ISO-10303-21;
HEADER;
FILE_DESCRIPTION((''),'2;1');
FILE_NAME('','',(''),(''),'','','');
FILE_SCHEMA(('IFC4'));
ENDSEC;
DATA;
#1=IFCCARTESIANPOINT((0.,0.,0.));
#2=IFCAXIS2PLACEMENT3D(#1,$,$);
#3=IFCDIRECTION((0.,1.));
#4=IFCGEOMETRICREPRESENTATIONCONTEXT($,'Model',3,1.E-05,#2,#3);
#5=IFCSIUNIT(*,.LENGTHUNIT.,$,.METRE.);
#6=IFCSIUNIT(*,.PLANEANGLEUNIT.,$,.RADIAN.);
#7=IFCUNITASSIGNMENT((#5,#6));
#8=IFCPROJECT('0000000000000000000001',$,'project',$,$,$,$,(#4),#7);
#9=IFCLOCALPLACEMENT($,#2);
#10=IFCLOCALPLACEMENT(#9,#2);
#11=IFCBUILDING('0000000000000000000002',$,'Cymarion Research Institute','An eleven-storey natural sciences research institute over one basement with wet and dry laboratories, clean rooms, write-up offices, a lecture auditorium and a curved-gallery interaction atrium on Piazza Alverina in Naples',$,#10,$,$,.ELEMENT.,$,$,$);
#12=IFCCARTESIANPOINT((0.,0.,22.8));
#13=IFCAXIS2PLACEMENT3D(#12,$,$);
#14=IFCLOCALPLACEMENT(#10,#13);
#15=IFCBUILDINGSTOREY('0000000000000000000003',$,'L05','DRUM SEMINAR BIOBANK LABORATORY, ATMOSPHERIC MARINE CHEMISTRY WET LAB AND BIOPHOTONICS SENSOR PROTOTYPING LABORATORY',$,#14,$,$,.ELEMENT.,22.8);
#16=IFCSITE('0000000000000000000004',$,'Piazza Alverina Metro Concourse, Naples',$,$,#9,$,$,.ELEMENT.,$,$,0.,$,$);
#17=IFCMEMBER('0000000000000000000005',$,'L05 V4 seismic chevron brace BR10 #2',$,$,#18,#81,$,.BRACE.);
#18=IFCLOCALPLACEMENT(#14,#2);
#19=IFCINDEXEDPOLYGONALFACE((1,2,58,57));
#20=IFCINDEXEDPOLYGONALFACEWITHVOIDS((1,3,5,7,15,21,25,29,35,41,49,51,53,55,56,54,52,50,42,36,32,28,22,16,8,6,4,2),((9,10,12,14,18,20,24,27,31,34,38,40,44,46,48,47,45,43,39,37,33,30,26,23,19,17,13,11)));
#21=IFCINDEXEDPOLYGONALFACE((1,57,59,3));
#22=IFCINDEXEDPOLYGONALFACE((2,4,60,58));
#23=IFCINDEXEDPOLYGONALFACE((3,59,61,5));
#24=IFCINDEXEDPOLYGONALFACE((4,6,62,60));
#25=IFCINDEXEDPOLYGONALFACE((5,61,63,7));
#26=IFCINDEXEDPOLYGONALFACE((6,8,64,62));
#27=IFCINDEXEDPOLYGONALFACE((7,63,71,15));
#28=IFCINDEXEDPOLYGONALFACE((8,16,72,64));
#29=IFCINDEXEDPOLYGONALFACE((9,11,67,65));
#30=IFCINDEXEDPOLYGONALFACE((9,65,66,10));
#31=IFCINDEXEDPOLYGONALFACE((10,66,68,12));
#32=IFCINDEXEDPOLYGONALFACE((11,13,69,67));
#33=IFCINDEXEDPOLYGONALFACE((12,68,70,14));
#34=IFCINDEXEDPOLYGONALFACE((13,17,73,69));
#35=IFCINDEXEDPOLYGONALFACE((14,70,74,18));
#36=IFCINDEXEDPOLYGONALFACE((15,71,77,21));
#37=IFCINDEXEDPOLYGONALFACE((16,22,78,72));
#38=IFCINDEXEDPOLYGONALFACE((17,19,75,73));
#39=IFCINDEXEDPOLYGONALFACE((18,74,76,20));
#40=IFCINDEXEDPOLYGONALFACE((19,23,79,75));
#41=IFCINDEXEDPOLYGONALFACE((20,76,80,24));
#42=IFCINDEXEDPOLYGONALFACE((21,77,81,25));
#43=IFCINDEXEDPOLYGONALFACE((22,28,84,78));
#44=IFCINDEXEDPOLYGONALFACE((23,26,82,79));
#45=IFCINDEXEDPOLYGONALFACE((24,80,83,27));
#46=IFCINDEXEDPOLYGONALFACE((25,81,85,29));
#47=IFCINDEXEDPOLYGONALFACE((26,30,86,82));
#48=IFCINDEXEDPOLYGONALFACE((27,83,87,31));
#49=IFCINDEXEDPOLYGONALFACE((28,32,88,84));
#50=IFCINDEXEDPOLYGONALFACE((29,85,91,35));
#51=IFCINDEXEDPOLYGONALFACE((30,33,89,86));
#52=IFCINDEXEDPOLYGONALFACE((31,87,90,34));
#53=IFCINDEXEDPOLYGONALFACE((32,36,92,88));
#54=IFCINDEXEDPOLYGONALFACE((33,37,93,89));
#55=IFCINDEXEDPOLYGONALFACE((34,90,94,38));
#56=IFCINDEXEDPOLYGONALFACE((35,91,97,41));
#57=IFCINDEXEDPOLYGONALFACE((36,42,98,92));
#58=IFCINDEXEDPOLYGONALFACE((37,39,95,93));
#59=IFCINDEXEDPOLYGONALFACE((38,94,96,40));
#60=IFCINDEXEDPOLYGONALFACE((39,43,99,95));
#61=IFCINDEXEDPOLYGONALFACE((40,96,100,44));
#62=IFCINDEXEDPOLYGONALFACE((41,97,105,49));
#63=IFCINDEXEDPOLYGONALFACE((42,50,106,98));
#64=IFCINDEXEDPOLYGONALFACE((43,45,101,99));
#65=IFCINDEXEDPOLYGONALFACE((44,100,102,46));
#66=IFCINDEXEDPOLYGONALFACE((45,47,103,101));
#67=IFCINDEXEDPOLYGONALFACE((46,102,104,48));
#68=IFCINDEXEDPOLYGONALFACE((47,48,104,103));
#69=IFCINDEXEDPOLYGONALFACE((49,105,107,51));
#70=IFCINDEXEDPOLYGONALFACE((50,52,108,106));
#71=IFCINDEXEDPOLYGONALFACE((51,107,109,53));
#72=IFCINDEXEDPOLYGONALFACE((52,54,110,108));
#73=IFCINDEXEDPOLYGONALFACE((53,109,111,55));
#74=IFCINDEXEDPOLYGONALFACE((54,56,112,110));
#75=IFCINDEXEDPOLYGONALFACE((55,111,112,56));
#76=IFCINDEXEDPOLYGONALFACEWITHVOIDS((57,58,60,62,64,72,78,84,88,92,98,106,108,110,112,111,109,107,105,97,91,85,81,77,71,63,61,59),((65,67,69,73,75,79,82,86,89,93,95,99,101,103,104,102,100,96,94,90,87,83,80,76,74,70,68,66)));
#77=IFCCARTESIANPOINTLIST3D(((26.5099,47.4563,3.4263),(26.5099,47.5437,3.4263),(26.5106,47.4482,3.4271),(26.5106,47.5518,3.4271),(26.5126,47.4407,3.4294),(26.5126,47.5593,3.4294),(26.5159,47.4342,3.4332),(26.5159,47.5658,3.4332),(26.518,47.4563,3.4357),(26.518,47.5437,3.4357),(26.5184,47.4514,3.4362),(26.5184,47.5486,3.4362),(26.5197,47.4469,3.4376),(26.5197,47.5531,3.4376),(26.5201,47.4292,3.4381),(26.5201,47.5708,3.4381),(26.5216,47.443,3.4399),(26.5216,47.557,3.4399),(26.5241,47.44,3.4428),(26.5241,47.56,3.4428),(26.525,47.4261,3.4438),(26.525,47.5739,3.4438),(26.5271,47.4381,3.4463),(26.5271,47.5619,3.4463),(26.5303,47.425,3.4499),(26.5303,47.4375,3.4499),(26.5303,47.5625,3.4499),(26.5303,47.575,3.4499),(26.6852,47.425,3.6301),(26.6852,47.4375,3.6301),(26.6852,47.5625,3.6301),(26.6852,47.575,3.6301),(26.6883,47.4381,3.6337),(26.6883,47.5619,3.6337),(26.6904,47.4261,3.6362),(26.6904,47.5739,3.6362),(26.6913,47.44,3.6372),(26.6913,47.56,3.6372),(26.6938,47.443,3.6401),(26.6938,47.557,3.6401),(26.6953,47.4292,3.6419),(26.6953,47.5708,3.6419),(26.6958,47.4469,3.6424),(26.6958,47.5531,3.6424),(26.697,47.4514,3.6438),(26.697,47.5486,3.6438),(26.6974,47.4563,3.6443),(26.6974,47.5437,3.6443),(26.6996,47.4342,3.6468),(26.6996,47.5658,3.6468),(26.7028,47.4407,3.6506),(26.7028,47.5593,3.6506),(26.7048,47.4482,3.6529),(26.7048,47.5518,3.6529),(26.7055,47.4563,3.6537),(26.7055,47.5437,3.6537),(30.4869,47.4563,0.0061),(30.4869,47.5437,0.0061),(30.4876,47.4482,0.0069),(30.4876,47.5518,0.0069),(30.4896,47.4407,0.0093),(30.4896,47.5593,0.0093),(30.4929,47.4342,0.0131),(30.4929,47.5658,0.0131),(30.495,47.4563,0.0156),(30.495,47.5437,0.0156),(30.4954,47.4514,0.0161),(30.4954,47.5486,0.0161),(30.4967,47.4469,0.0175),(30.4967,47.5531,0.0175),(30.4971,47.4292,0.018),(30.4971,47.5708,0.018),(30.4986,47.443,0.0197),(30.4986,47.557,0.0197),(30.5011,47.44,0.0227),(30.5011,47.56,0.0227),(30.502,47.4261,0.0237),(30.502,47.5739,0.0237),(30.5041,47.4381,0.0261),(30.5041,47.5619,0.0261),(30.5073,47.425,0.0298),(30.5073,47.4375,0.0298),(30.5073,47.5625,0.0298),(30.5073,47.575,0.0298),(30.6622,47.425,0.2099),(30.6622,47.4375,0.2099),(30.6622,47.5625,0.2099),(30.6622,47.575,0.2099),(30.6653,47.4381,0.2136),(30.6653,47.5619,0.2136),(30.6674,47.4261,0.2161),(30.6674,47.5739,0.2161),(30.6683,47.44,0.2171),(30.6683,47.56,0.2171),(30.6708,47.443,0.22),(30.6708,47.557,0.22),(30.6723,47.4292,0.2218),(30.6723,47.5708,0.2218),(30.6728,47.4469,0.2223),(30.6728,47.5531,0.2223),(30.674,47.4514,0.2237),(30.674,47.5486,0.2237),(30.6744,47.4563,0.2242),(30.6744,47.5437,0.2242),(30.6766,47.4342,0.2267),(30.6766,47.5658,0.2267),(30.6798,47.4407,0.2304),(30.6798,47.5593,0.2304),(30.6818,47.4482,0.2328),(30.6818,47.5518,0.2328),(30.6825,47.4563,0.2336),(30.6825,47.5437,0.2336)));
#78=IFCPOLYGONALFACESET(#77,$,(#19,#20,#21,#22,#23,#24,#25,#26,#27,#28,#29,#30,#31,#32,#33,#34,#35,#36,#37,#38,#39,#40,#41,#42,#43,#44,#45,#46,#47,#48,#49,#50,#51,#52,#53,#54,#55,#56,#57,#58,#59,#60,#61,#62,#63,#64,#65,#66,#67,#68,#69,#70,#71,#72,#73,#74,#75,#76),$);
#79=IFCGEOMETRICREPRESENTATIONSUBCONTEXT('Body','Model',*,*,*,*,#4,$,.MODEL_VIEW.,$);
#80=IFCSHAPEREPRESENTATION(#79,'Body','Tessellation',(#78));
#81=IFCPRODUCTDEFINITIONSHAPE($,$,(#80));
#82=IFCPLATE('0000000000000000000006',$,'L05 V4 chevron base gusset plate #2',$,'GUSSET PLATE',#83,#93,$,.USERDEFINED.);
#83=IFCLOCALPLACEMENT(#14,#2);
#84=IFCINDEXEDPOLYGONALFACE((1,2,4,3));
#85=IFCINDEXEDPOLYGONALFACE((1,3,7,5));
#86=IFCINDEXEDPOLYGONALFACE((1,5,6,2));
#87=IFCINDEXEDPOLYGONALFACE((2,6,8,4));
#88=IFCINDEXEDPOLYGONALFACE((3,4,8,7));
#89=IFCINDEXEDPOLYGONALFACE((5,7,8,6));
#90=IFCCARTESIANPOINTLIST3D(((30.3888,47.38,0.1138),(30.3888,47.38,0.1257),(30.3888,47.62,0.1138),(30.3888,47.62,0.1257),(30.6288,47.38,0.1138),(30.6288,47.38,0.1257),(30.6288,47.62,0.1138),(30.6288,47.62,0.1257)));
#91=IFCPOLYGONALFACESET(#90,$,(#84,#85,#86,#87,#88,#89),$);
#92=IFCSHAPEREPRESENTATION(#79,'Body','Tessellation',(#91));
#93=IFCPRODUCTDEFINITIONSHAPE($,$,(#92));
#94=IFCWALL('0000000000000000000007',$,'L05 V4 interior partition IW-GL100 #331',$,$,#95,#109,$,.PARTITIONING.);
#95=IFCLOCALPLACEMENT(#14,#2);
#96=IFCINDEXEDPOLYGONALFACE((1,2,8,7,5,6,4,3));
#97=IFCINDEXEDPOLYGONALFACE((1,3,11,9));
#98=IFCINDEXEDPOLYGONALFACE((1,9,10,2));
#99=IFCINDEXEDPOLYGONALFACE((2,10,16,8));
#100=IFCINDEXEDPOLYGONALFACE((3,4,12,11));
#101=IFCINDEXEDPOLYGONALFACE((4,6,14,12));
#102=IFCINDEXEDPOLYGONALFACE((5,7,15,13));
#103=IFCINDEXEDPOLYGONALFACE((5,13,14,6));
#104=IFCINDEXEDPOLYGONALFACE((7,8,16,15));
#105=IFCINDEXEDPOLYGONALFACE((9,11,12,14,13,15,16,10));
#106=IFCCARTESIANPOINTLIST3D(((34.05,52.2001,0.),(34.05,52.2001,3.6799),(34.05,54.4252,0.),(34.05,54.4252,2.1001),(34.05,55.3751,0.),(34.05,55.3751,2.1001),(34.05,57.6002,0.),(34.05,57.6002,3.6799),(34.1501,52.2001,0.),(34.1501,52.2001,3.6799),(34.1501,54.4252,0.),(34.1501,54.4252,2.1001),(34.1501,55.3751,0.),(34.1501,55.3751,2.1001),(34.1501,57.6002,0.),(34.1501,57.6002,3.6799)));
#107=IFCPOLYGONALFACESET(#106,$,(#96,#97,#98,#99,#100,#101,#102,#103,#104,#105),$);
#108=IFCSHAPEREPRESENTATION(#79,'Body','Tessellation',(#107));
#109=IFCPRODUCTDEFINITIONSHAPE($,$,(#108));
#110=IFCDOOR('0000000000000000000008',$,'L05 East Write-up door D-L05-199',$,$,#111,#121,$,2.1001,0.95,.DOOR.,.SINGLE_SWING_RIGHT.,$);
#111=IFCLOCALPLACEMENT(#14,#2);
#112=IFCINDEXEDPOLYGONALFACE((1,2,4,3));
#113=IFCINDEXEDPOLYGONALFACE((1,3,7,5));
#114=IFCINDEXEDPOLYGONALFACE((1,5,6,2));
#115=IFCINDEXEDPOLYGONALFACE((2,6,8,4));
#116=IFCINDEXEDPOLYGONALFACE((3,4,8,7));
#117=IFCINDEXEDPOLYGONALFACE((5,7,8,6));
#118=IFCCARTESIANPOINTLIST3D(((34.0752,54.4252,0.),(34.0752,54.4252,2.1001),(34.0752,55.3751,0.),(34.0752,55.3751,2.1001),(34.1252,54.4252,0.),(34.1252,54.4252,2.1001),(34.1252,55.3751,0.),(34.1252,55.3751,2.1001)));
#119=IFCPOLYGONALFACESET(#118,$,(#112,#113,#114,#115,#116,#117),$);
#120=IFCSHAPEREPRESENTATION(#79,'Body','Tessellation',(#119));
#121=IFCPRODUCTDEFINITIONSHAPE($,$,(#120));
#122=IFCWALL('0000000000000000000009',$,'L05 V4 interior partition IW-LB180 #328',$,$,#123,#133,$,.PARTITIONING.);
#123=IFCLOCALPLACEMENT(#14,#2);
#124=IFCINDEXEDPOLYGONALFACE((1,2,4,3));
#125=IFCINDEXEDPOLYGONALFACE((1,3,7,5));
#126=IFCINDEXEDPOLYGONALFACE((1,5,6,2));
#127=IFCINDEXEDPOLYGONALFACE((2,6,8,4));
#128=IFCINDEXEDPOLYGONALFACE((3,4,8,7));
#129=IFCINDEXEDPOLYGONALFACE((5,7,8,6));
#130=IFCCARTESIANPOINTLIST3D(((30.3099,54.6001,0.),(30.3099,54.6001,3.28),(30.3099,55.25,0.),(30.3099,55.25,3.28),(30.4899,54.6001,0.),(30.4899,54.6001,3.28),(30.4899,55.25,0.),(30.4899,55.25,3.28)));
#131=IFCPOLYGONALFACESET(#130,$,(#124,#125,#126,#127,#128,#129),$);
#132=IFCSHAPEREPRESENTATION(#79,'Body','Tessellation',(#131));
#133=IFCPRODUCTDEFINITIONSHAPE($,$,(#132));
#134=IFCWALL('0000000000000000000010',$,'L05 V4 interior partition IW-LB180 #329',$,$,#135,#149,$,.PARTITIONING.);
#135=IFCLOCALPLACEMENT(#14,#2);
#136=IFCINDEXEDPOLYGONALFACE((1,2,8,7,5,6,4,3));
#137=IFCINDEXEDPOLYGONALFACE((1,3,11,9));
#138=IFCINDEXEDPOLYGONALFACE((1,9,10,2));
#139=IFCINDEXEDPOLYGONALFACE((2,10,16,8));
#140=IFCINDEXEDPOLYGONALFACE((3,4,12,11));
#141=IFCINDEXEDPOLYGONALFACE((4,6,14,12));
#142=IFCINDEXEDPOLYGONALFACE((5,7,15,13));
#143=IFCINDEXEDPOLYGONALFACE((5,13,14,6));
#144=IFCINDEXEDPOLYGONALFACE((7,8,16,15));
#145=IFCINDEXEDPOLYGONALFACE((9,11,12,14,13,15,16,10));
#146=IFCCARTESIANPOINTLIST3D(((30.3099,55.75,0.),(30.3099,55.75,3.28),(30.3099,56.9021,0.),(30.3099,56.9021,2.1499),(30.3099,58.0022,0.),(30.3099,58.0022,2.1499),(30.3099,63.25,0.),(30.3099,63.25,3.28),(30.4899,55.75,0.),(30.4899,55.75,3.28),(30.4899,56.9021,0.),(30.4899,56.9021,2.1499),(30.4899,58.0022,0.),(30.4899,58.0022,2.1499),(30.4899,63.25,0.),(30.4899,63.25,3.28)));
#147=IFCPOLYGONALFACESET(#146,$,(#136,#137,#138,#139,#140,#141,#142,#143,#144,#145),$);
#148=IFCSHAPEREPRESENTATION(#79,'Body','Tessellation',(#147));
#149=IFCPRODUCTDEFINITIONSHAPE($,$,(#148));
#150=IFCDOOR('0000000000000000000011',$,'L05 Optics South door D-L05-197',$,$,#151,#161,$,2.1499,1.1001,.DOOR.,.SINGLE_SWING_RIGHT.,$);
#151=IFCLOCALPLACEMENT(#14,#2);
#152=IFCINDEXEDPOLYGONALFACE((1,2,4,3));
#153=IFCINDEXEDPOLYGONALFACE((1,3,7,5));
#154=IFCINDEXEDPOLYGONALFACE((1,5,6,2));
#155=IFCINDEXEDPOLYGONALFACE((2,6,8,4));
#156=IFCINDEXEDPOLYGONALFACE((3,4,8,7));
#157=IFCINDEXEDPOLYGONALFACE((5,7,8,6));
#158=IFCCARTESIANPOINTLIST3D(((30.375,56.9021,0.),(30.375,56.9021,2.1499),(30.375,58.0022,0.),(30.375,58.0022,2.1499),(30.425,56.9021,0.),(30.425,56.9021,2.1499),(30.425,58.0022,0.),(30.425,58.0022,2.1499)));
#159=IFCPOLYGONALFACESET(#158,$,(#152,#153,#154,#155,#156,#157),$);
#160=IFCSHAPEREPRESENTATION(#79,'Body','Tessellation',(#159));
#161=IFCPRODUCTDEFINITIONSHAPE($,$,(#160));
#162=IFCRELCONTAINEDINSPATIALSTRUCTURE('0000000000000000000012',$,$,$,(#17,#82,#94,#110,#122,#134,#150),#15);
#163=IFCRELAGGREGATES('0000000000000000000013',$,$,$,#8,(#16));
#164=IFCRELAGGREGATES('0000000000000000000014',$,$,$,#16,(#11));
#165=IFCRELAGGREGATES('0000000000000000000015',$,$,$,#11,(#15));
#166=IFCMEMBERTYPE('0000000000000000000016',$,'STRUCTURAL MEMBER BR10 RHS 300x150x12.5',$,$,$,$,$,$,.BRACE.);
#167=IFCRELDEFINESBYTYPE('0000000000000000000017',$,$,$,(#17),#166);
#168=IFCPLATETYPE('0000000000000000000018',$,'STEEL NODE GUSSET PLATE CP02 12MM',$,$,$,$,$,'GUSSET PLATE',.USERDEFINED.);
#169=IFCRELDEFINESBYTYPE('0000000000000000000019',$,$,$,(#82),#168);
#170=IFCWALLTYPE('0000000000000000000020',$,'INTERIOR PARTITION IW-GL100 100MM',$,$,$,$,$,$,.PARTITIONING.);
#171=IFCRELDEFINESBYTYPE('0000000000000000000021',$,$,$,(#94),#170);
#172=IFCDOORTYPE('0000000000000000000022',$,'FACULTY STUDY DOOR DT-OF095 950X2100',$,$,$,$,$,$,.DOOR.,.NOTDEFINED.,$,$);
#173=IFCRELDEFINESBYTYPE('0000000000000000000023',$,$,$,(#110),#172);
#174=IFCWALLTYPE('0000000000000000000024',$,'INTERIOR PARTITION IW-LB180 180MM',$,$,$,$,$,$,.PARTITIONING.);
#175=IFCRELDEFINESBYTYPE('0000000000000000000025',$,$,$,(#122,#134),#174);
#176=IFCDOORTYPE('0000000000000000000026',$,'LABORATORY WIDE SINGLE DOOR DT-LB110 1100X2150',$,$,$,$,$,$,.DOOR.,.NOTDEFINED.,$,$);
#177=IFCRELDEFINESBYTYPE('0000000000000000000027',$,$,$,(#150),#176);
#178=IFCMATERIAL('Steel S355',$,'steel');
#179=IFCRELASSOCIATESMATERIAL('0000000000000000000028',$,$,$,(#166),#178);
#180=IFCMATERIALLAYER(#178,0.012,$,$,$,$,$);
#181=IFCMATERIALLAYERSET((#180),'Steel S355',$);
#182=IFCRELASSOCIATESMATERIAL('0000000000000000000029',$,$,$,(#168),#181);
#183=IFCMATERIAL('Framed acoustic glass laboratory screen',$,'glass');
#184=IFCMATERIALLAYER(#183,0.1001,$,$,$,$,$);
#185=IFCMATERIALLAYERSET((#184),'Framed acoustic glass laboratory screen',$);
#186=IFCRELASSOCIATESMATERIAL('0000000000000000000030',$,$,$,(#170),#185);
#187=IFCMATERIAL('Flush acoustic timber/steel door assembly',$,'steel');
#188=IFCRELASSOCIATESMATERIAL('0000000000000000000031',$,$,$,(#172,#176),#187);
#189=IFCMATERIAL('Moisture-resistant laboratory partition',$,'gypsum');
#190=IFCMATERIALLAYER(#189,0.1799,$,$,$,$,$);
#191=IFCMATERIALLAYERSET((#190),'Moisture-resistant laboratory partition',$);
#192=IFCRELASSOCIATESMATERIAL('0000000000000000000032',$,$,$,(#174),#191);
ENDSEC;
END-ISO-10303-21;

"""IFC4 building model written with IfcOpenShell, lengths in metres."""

from ifc_helpers import new_model, si_unit, direction, frame, frame_2d, origin, origin_2d, place, context, subcontext, project, spatial, rectangle, hollow_rectangle, extrude, material, layer, layer_set, material_profile, profile_set, type_object, element, fill, save


model = new_model("IFC4")

# Units and contexts
model_context = context("Model", 3, precision=1e-05, world=origin(), true_north=direction((0.0, 1.0)))
body_context = subcontext(model_context, "Body", "Model", "MODEL_VIEW")
ifc_project = project(units=[si_unit("LENGTHUNIT", "METRE"), si_unit("PLANEANGLEUNIT", "RADIAN")], contexts=[model_context])

# Site, building, storey
site_placement = place(None, origin())
site = spatial("IfcSite", under=ifc_project, at=site_placement, Name="Piazza Alverina Metro Concourse, Naples", CompositionType="ELEMENT", RefElevation=0.0)
building_placement = place(site_placement, origin())
building = spatial("IfcBuilding", under=site, at=building_placement, Name="Cymarion Research Institute", Description="An eleven-storey natural sciences research institute over one basement with wet and dry laboratories, clean rooms, write-up offices, a lecture auditorium and a curved-gallery interaction atrium on Piazza Alverina in Naples", CompositionType="ELEMENT")
storey_placement = place(building_placement, frame((0.0, 0.0, 22.8)))
storey = spatial("IfcBuildingStorey", under=building, at=storey_placement, Name="L05", Description="DRUM SEMINAR BIOBANK LABORATORY, ATMOSPHERIC MARINE CHEMISTRY WET LAB AND BIOPHOTONICS SENSOR PROTOTYPING LABORATORY", CompositionType="ELEMENT", Elevation=22.8)

# Shared definitions
ifc_material_1 = material(Name="Steel S355", Category="steel")

# Member
ifc_material_profile_1 = material_profile(ifc_material_1, hollow_rectangle(XDim=0.1499, YDim=0.3, WallThickness=0.0125, InnerFilletRadius=0.0188, OuterFilletRadius=0.0312, at=origin_2d()), Name="RHS 300x150x12.5")
ifc_profile_set_1 = profile_set([ifc_material_profile_1], Name="Steel S355")
member_type = type_object("IfcMemberType", Name="STRUCTURAL MEMBER BR10 RHS 300x150x12.5", PredefinedType="BRACE", material=ifc_profile_set_1)
member_placement = place(storey_placement, frame((30.5847, 47.5, 0.1199), z_axis=(-0.758194, 0.0, 0.652029), x_axis=(0.0, -1.0, 0.0)))
element("IfcMember", 1, at=member_placement, inside=storey, type_object=member_type, Name="L05 V4 seismic chevron brace BR10 #2", PredefinedType="BRACE", context=body_context, shape_type="SweptSolid", body=[
    extrude(hollow_rectangle(XDim=0.1499, YDim=0.3, WallThickness=0.0125, InnerFilletRadius=0.0188, OuterFilletRadius=0.0312, at=origin_2d()), origin(), (0.0, 0.0, 1.0), 5.2454),
])

# Plate
ifc_layer_1 = layer(ifc_material_1, 0.012)
ifc_layer_set_1 = layer_set([ifc_layer_1], Name="Steel S355")
plate_type = type_object("IfcPlateType", Name="STEEL NODE GUSSET PLATE CP02 12MM", ElementType="GUSSET PLATE", PredefinedType="USERDEFINED", material=ifc_layer_set_1)
plate_placement = place(storey_placement, frame((30.5088, 47.5, 0.1138), z_axis=(0.0, 0.0, 1.0), x_axis=(1.0, 0.0, 0.0)))
element("IfcPlate", 2, at=plate_placement, inside=storey, type_object=plate_type, Name="L05 V4 chevron base gusset plate #2", ObjectType="GUSSET PLATE", PredefinedType="USERDEFINED", context=body_context, shape_type="SweptSolid", body=[
    extrude(rectangle(XDim=0.24, YDim=0.24, at=origin_2d()), origin(), (0.0, 0.0, 1.0), 0.012),
])

# Wall, opening, door
ifc_material_2 = material(Name="Framed acoustic glass laboratory screen", Category="glass")
ifc_layer_2 = layer(ifc_material_2, 0.1001)
ifc_layer_set_2 = layer_set([ifc_layer_2], Name="Framed acoustic glass laboratory screen")
wall_type_1 = type_object("IfcWallType", Name="INTERIOR PARTITION IW-GL100 100MM", PredefinedType="PARTITIONING", material=ifc_layer_set_2)
wall_1_placement = place(storey_placement, frame((34.1001, 52.2, 0.0), z_axis=(0.0, 0.0, 1.0), x_axis=(0.0, 1.0, 0.0)))
wall_1 = element("IfcWall", 3, at=wall_1_placement, inside=storey, type_object=wall_type_1, Name="L05 V4 interior partition IW-GL100 #331", PredefinedType="PARTITIONING", context=body_context, shape_type="SweptSolid", body=[
    extrude(rectangle(XDim=5.4001, YDim=0.1001, at=frame_2d((2.7002, 0.0))), origin(), (0.0, 0.0, 1.0), 3.6799),
])
opening_1_placement = place(wall_1_placement, frame((2.2251, 0.0, 0.0)))
opening_1 = element("IfcOpeningElement", 4, at=opening_1_placement, cuts=wall_1, PredefinedType="OPENING", context=body_context, shape_type="SweptSolid", body=[
    extrude(rectangle(XDim=0.95, YDim=2.1001, at=frame_2d((0.4751, 1.05))), frame((0.0, 0.0601, 0.0), z_axis=(0.0, -1.0, 0.0), x_axis=(1.0, 0.0, 0.0)), (0.0, 0.0, 1.0), 0.1201),
])
ifc_material_3 = material(Name="Flush acoustic timber/steel door assembly", Category="steel")
door_type_1 = type_object("IfcDoorType", Name="FACULTY STUDY DOOR DT-OF095 950X2100", OperationType="NOTDEFINED", PredefinedType="DOOR", material=ifc_material_3)
door_1_placement = place(opening_1_placement, origin())
door_1 = element("IfcDoor", 5, at=door_1_placement, inside=storey, type_object=door_type_1, Name="L05 East Write-up door D-L05-199", OperationType="SINGLE_SWING_RIGHT", OverallHeight=2.1001, OverallWidth=0.95, PredefinedType="DOOR", context=body_context, shape_type="SweptSolid", body=[
    extrude(rectangle(XDim=0.95, YDim=2.1001, at=frame_2d((0.4751, 1.05))), frame((0.0, 0.0249, 0.0), z_axis=(0.0, -1.0, 0.0), x_axis=(1.0, 0.0, 0.0)), (0.0, 0.0, 1.0), 0.05),
])
fill(opening_1, door_1)

# Wall
ifc_material_4 = material(Name="Moisture-resistant laboratory partition", Category="gypsum")
ifc_layer_3 = layer(ifc_material_4, 0.1799)
ifc_layer_set_3 = layer_set([ifc_layer_3], Name="Moisture-resistant laboratory partition")
wall_type_2 = type_object("IfcWallType", Name="INTERIOR PARTITION IW-LB180 180MM", PredefinedType="PARTITIONING", material=ifc_layer_set_3)
wall_2_placement = place(storey_placement, frame((30.3999, 54.6001, 0.0), z_axis=(0.0, 0.0, 1.0), x_axis=(0.0, 1.0, 0.0)))
element("IfcWall", 6, at=wall_2_placement, inside=storey, type_object=wall_type_2, Name="L05 V4 interior partition IW-LB180 #328", PredefinedType="PARTITIONING", context=body_context, shape_type="SweptSolid", body=[
    extrude(rectangle(XDim=0.6499, YDim=0.1799, at=frame_2d((0.325, 0.0))), origin(), (0.0, 0.0, 1.0), 3.28),
])

# Wall, opening, door
wall_3_placement = place(storey_placement, frame((30.3999, 55.75, 0.0), z_axis=(0.0, 0.0, 1.0), x_axis=(0.0, 1.0, 0.0)))
wall_3 = element("IfcWall", 7, at=wall_3_placement, inside=storey, type_object=wall_type_2, Name="L05 V4 interior partition IW-LB180 #329", PredefinedType="PARTITIONING", context=body_context, shape_type="SweptSolid", body=[
    extrude(rectangle(XDim=7.5, YDim=0.1799, at=frame_2d((3.75, 0.0))), origin(), (0.0, 0.0, 1.0), 3.28),
])
opening_2_placement = place(wall_3_placement, frame((1.1521, 0.0, 0.0)))
opening_2 = element("IfcOpeningElement", 8, at=opening_2_placement, cuts=wall_3, PredefinedType="OPENING", context=body_context, shape_type="SweptSolid", body=[
    extrude(rectangle(XDim=1.1001, YDim=2.1499, at=frame_2d((0.55, 1.075))), frame((0.0, 0.0999, 0.0), z_axis=(0.0, -1.0, 0.0), x_axis=(1.0, 0.0, 0.0)), (0.0, 0.0, 1.0), 0.2),
])
door_type_2 = type_object("IfcDoorType", Name="LABORATORY WIDE SINGLE DOOR DT-LB110 1100X2150", OperationType="NOTDEFINED", PredefinedType="DOOR", material=ifc_material_3)
door_2_placement = place(opening_2_placement, origin())
door_2 = element("IfcDoor", 9, at=door_2_placement, inside=storey, type_object=door_type_2, Name="L05 Optics South door D-L05-197", OperationType="SINGLE_SWING_RIGHT", OverallHeight=2.1499, OverallWidth=1.1001, PredefinedType="DOOR", context=body_context, shape_type="SweptSolid", body=[
    extrude(rectangle(XDim=1.1001, YDim=2.1499, at=frame_2d((0.55, 1.075))), frame((0.0, 0.0249, 0.0), z_axis=(0.0, -1.0, 0.0), x_axis=(1.0, 0.0, 0.0)), (0.0, 0.0, 1.0), 0.05),
])
fill(opening_2, door_2)

save(model, "model.ifc")
